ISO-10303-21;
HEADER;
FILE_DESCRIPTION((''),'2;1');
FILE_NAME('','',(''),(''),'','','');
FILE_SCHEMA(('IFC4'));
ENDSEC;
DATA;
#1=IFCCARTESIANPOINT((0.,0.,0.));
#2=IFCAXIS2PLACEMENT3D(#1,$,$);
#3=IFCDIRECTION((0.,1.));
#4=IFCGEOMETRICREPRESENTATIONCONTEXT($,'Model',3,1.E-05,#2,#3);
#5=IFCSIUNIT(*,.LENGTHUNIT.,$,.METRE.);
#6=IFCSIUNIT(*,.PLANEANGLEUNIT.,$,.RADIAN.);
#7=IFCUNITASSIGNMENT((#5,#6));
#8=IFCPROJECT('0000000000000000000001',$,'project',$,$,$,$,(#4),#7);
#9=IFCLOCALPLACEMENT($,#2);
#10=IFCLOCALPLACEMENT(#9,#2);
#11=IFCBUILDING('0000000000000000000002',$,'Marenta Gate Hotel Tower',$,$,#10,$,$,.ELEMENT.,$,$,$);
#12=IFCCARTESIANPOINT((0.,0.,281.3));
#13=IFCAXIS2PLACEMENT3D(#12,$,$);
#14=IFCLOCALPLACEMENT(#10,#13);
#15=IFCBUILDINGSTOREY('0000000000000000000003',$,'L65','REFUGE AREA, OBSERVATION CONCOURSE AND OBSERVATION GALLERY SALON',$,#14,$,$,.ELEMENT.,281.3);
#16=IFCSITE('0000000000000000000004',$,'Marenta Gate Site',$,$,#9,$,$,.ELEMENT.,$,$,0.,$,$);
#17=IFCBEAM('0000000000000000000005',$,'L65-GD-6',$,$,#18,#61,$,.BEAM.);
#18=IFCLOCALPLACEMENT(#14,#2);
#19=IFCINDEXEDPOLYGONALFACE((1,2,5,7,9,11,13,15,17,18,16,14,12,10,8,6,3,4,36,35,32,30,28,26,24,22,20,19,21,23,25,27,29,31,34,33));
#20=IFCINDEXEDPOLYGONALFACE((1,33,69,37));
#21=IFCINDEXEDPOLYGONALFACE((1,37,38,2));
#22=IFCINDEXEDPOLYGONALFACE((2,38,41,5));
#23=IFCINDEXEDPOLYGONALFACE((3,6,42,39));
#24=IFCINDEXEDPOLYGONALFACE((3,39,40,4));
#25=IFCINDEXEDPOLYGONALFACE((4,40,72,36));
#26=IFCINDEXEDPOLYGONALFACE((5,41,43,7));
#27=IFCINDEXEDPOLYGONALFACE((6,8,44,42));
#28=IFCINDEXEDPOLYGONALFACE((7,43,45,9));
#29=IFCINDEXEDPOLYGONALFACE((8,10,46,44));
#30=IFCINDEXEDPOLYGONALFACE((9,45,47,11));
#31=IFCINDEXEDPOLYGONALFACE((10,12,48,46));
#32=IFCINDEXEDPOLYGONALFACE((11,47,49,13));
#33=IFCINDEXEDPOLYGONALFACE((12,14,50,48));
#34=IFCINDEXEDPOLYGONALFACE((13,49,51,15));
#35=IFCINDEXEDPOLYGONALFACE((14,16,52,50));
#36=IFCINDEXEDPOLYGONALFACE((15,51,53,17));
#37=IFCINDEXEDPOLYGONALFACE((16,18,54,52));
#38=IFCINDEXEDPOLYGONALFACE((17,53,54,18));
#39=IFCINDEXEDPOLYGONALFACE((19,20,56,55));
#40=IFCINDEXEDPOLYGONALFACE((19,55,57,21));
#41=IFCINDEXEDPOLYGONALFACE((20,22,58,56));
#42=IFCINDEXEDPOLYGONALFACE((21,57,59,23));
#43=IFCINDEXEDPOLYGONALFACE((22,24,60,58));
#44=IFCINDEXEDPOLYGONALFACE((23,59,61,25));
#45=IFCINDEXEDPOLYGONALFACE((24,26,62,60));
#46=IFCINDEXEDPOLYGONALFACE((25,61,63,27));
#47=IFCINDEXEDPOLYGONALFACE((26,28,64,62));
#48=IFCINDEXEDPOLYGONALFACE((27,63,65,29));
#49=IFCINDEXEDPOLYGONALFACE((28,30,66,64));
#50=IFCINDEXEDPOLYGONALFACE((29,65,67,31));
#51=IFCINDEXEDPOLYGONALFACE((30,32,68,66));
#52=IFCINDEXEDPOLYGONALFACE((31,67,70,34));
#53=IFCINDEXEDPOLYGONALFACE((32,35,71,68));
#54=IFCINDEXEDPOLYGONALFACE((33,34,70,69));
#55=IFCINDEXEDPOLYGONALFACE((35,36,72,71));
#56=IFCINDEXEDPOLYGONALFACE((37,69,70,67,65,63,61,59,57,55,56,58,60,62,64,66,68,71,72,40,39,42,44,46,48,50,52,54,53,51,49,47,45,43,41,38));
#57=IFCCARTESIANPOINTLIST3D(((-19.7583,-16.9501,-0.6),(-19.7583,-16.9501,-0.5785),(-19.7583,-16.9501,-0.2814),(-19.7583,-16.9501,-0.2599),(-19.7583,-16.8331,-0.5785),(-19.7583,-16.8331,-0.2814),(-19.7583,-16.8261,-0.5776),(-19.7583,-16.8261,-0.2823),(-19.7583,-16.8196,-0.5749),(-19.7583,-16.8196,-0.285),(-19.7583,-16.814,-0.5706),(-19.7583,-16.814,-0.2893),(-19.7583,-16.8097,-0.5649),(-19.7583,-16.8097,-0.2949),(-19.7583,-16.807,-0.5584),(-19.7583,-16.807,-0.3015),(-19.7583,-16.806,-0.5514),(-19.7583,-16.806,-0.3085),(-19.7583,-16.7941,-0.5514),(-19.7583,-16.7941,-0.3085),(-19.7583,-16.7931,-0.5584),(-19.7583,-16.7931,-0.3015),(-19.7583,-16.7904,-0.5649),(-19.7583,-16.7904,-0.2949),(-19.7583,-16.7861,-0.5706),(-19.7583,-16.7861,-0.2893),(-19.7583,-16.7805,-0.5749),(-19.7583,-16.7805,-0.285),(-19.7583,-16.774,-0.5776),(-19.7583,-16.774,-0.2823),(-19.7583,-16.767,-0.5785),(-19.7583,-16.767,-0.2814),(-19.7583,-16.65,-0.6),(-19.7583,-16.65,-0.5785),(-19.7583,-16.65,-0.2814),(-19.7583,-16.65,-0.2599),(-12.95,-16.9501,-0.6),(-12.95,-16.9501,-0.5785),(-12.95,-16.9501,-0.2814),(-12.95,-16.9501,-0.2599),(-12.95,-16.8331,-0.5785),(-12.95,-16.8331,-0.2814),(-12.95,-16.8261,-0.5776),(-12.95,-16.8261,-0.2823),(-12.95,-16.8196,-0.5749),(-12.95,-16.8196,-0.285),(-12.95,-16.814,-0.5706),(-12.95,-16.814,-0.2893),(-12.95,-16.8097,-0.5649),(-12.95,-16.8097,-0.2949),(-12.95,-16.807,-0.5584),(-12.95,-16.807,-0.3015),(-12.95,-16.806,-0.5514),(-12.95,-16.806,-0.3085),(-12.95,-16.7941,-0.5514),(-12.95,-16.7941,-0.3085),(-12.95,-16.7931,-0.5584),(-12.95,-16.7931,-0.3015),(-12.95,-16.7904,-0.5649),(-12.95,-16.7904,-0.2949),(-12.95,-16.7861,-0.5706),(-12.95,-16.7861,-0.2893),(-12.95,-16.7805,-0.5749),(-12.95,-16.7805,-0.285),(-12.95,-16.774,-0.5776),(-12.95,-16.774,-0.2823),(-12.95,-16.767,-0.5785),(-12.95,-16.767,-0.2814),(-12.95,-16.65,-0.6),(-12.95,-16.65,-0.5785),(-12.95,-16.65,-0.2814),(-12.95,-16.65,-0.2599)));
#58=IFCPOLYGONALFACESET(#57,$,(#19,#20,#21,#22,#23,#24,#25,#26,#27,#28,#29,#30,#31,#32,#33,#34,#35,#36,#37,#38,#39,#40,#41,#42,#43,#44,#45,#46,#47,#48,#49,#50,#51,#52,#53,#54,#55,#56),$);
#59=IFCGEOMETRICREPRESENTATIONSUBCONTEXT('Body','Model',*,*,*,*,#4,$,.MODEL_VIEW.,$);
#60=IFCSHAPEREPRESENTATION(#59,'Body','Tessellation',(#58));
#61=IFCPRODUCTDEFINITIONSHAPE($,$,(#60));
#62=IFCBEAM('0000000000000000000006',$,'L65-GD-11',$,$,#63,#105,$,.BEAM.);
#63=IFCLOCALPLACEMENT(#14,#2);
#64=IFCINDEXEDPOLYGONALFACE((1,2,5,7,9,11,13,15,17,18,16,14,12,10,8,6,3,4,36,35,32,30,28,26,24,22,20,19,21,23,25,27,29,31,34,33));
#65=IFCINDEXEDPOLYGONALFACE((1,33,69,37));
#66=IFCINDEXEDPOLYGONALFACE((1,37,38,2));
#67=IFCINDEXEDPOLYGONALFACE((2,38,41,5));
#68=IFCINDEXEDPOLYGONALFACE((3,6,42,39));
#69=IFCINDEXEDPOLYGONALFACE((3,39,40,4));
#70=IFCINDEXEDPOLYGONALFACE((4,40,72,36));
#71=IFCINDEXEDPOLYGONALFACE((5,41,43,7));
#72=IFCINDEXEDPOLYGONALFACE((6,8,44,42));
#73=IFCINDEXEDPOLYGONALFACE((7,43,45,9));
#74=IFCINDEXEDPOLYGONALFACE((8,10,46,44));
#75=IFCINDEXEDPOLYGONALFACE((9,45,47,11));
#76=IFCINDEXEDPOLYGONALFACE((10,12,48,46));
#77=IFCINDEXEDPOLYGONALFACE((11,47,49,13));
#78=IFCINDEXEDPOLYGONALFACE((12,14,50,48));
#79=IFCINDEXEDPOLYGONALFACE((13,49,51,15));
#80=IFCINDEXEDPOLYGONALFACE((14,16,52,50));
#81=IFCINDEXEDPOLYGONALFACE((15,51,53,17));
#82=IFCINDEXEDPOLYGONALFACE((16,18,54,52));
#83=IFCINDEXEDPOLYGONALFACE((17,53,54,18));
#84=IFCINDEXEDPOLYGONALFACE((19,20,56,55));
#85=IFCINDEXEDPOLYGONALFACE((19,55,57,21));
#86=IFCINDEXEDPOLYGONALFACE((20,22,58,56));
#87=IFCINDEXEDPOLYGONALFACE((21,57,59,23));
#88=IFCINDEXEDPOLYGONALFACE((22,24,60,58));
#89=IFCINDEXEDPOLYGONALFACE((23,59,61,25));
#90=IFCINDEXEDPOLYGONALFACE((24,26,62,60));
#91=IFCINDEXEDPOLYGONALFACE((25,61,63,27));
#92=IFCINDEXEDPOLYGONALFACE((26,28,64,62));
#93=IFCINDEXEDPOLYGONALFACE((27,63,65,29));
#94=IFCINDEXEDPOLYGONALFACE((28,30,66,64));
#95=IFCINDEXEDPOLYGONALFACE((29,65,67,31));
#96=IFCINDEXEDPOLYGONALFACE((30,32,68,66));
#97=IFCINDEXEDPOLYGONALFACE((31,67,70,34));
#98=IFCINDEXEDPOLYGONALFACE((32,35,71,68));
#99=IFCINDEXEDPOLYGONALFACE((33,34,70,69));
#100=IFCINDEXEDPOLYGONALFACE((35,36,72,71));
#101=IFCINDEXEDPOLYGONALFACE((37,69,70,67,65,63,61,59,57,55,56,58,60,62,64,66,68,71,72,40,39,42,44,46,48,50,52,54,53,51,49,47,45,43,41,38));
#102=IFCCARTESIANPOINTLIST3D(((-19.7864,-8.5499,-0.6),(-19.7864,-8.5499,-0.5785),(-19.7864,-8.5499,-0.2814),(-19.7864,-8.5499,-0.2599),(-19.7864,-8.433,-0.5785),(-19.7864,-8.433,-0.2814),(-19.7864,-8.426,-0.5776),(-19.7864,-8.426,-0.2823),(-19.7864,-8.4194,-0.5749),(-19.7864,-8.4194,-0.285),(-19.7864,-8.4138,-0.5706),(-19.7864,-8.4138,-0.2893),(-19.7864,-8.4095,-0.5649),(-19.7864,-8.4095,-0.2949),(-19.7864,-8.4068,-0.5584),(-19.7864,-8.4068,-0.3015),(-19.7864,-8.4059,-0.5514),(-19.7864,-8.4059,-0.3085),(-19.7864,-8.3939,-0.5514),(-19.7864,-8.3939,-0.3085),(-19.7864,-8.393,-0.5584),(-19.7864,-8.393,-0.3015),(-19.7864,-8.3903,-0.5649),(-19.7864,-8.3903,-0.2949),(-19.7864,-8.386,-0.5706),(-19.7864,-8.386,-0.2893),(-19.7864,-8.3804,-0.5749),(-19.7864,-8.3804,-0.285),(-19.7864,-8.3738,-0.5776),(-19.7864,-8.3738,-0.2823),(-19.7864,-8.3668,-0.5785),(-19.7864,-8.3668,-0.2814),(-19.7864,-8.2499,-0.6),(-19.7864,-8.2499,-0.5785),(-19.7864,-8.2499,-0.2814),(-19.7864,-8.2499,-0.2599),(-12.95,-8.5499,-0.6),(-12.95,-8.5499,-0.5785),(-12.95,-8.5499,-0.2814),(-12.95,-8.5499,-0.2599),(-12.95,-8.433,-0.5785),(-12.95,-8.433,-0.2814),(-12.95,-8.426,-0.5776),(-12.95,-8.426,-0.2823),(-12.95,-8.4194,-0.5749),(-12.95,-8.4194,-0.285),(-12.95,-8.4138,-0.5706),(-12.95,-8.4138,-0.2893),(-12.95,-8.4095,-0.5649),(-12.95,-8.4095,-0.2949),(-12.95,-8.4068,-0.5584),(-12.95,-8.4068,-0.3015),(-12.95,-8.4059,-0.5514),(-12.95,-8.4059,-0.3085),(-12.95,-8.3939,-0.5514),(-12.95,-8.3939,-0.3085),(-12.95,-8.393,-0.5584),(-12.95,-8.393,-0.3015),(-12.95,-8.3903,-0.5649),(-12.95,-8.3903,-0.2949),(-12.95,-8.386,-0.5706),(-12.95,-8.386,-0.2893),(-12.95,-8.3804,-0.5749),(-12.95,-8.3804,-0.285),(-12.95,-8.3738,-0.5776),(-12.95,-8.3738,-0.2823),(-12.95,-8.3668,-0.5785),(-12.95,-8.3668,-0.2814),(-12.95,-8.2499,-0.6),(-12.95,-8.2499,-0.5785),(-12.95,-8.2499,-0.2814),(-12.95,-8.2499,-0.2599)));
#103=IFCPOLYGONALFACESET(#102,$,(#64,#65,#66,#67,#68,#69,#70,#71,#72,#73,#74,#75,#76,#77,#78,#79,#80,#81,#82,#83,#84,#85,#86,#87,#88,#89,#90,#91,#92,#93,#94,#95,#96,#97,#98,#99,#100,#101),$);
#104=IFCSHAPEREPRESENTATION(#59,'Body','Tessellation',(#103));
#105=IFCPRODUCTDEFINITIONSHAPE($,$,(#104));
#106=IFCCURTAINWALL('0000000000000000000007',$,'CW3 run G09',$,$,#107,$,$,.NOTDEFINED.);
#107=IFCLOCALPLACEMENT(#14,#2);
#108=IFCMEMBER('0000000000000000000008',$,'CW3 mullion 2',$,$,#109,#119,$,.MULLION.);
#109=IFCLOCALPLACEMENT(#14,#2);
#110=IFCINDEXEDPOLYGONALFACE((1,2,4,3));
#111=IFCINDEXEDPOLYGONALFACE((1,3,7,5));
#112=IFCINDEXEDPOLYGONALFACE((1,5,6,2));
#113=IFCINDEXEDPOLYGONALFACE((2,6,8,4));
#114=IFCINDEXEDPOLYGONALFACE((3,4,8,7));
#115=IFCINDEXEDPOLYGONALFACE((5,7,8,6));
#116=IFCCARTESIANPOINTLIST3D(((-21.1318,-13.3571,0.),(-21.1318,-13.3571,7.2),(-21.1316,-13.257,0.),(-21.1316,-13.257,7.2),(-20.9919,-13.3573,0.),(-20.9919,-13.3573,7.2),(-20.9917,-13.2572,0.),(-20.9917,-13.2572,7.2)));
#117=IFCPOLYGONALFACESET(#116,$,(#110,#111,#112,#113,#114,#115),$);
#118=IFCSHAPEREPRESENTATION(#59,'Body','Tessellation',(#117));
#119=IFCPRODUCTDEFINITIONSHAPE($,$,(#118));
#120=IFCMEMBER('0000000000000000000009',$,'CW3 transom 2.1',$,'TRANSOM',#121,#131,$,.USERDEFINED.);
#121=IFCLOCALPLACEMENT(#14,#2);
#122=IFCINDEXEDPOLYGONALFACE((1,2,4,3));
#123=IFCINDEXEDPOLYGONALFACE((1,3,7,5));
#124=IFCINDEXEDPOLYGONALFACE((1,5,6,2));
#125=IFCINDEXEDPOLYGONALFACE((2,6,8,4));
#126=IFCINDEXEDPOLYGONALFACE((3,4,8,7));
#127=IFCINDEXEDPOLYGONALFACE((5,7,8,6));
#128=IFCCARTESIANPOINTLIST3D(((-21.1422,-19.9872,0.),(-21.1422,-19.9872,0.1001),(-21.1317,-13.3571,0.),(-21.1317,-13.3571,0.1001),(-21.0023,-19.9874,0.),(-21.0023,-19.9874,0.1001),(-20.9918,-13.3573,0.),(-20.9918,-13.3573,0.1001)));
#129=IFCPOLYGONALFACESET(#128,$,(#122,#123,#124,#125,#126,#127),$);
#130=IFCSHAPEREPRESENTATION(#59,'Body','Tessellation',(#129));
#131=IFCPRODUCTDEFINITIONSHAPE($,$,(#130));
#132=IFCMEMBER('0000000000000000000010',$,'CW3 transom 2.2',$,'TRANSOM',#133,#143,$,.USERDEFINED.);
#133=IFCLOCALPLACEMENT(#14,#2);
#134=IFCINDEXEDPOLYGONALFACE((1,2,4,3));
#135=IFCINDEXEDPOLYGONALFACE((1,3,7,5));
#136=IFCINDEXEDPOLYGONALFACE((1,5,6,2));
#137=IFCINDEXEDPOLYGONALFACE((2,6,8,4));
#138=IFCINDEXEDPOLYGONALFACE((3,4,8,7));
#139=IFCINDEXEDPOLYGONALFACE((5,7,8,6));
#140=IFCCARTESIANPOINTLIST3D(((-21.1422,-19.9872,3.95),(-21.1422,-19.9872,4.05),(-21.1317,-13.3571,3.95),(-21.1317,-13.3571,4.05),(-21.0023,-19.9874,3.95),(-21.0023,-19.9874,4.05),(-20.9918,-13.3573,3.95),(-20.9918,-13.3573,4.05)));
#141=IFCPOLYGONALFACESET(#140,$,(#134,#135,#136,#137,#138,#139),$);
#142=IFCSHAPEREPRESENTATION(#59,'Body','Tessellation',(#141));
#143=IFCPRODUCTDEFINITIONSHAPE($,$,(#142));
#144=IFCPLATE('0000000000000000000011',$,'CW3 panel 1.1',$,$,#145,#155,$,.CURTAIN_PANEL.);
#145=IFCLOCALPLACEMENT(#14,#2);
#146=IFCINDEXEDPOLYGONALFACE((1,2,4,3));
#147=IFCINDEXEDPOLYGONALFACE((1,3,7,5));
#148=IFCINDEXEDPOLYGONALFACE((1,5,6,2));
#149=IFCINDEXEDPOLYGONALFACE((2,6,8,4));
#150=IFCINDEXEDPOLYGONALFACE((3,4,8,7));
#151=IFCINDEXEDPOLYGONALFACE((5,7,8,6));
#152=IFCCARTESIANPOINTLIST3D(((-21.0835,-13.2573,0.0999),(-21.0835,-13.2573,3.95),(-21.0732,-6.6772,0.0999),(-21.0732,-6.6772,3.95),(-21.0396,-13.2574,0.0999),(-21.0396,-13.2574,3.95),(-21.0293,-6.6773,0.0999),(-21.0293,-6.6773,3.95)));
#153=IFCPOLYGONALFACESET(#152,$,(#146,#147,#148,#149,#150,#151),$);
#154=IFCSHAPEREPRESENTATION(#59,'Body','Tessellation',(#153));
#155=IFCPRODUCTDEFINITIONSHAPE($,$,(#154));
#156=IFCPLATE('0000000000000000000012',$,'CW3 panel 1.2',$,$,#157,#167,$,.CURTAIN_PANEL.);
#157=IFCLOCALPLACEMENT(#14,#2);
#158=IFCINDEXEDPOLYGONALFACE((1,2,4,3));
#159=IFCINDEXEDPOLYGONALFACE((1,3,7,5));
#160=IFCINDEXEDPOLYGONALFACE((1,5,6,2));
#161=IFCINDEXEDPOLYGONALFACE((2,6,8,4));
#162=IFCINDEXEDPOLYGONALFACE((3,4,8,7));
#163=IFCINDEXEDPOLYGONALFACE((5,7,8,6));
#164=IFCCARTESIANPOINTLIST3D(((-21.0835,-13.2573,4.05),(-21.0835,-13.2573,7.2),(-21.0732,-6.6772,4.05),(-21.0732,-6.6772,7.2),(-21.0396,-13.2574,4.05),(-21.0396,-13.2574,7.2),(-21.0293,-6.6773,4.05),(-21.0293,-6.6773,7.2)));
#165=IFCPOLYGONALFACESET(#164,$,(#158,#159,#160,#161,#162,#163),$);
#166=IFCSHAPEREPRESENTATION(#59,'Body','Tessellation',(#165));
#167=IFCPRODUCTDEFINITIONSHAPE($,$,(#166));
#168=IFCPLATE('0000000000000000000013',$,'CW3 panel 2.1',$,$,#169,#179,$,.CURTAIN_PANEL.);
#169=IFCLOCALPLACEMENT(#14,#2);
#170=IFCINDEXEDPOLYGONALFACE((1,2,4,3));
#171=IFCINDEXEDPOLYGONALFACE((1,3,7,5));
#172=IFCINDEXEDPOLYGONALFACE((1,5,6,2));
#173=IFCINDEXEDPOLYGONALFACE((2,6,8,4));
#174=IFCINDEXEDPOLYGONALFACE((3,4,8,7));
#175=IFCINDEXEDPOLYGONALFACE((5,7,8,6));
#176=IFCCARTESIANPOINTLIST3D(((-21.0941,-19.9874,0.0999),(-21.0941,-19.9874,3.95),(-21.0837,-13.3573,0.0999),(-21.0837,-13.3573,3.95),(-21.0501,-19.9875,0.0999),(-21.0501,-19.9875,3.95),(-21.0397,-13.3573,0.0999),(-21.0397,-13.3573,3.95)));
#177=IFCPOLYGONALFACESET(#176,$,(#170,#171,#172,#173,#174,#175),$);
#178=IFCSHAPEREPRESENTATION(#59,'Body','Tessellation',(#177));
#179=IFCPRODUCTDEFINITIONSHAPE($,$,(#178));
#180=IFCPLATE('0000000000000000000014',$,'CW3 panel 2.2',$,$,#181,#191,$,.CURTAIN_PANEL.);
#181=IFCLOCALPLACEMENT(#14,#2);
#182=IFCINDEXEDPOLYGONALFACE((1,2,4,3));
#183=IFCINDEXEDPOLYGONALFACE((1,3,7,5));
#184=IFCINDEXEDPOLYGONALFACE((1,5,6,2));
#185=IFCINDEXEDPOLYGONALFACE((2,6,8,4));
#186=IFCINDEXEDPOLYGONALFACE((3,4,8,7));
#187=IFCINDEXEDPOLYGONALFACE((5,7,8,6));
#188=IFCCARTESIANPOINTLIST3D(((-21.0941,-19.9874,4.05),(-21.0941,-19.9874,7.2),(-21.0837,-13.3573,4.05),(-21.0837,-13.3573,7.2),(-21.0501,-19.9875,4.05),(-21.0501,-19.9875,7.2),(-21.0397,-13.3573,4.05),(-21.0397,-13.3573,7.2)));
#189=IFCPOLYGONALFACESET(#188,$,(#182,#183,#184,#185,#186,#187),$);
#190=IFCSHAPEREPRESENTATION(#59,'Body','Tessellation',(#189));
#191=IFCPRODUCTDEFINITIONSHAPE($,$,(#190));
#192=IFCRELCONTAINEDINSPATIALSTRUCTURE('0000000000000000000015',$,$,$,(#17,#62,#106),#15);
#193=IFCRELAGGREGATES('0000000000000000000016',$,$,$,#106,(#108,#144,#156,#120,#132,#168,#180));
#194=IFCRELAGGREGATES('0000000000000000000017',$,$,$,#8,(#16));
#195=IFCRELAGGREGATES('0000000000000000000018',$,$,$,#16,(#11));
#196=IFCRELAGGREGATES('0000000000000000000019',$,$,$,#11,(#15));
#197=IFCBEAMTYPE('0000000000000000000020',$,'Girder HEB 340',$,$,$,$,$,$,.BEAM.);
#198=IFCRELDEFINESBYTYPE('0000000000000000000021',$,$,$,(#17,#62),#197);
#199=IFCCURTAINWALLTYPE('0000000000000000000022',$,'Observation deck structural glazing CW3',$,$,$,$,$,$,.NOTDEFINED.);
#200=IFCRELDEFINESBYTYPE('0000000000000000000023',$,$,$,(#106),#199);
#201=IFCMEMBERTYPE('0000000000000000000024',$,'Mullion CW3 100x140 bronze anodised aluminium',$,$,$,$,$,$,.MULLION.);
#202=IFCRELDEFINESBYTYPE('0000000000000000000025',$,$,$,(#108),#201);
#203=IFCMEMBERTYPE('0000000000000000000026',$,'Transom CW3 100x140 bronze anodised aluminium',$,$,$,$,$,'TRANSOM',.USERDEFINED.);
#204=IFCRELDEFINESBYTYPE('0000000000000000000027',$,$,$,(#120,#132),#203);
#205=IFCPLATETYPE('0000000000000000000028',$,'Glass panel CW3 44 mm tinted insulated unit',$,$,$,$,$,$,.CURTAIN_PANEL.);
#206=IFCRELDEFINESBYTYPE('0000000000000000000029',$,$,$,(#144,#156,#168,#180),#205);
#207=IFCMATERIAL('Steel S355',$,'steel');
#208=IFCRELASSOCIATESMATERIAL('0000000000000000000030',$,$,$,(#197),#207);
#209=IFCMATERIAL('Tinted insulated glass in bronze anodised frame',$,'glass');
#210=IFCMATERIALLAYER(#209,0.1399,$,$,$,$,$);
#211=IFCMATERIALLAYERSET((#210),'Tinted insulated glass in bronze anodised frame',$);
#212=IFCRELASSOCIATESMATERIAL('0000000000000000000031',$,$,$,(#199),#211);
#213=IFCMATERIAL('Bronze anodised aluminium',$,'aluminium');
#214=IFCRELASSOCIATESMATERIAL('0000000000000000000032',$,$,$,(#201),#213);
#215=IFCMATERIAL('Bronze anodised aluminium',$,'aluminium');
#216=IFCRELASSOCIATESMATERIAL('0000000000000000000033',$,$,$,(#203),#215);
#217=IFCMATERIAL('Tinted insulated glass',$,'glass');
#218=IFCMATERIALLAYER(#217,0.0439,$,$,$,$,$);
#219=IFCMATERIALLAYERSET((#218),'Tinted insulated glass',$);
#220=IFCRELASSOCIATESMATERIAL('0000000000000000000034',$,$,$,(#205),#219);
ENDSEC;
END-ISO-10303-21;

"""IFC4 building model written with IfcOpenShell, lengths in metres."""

from ifc_helpers import new_model, si_unit, direction, frame, origin, origin_2d, place, context, subcontext, project, spatial, rectangle, i_section, extrude, material, layer, layer_set, material_profile, profile_set, type_object, element, aggregate, save


model = new_model("IFC4")

# Units and contexts
model_context = context("Model", 3, precision=1e-05, world=origin(), true_north=direction((0.0, 1.0)))
body_context = subcontext(model_context, "Body", "Model", "MODEL_VIEW")
ifc_project = project(units=[si_unit("LENGTHUNIT", "METRE"), si_unit("PLANEANGLEUNIT", "RADIAN")], contexts=[model_context])

# Site, building, storey
site_placement = place(None, origin())
site = spatial("IfcSite", under=ifc_project, at=site_placement, Name="Marenta Gate Site", CompositionType="ELEMENT", RefElevation=0.0)
building_placement = place(site_placement, origin())
building = spatial("IfcBuilding", under=site, at=building_placement, Name="Marenta Gate Hotel Tower", CompositionType="ELEMENT")
storey_placement = place(building_placement, frame((0.0, 0.0, 281.3)))
storey = spatial("IfcBuildingStorey", under=building, at=storey_placement, Name="L65", Description="REFUGE AREA, OBSERVATION CONCOURSE AND OBSERVATION GALLERY SALON", CompositionType="ELEMENT", Elevation=281.3)

# Beams
ifc_material_1 = material(Name="Steel S355", Category="steel")
ifc_material_profile_1 = material_profile(ifc_material_1, i_section(OverallWidth=0.3, OverallDepth=0.3401, WebThickness=0.012, FlangeThickness=0.0215, FilletRadius=0.0271, at=origin_2d()), Name="HEB 340")
ifc_profile_set_1 = profile_set([ifc_material_profile_1], Name="Steel S355")
beam_type_1 = type_object("IfcBeamType", Name="Girder HEB 340", PredefinedType="BEAM", material=ifc_profile_set_1)
beam_1_placement = place(storey_placement, frame((-19.7583, -16.8, -0.4299), z_axis=(1.0, 0.0, 0.0), x_axis=(0.0, 1.0, 0.0)))
element("IfcBeam", 1, at=beam_1_placement, inside=storey, type_object=beam_type_1, Name="L65-GD-6", PredefinedType="BEAM", context=body_context, shape_type="SweptSolid", body=[
    extrude(i_section(OverallWidth=0.3, OverallDepth=0.3401, WebThickness=0.012, FlangeThickness=0.0215, FilletRadius=0.0271, at=origin_2d()), origin(), (0.0, 0.0, 1.0), 6.8083),
])
beam_2_placement = place(storey_placement, frame((-19.7864, -8.3999, -0.4299), z_axis=(1.0, 0.0, 0.0), x_axis=(0.0, 1.0, 0.0)))
element("IfcBeam", 2, at=beam_2_placement, inside=storey, type_object=beam_type_1, Name="L65-GD-11", PredefinedType="BEAM", context=body_context, shape_type="SweptSolid", body=[
    extrude(i_section(OverallWidth=0.3, OverallDepth=0.3401, WebThickness=0.012, FlangeThickness=0.0215, FilletRadius=0.0271, at=origin_2d()), origin(), (0.0, 0.0, 1.0), 6.8364),
])

# Curtain wall, members, plates
ifc_material_2 = material(Name="Tinted insulated glass in bronze anodised frame", Category="glass")
ifc_layer_1 = layer(ifc_material_2, 0.1399)
ifc_layer_set_1 = layer_set([ifc_layer_1], Name="Tinted insulated glass in bronze anodised frame")
curtain_wall_type = type_object("IfcCurtainWallType", Name="Observation deck structural glazing CW3", PredefinedType="NOTDEFINED", material=ifc_layer_set_1)
curtain_wall_placement = place(storey_placement, origin())
curtain_wall = element("IfcCurtainWall", 3, at=curtain_wall_placement, inside=storey, type_object=curtain_wall_type, Name="CW3 run G09", PredefinedType="NOTDEFINED")
ifc_material_3 = material(Name="Bronze anodised aluminium", Category="aluminium")
ifc_material_profile_2 = material_profile(ifc_material_3, rectangle(XDim=0.1399, YDim=0.1001, at=origin_2d()), Name="Mullion CW3 100x140 bronze anodised aluminium")
ifc_profile_set_2 = profile_set([ifc_material_profile_2], Name="Bronze anodised aluminium")
member_type_1 = type_object("IfcMemberType", Name="Mullion CW3 100x140 bronze anodised aluminium", PredefinedType="MULLION", material=ifc_profile_set_2)
member_1_placement = place(storey_placement, frame((-21.0618, -13.3071, 0.0), z_axis=(0.0, 0.0, 1.0), x_axis=(0.999999, -0.001565, 0.0)))
member_1 = element("IfcMember", 4, at=member_1_placement, type_object=member_type_1, Name="CW3 mullion 2", PredefinedType="MULLION", context=body_context, shape_type="SweptSolid", body=[
    extrude(rectangle(XDim=0.1399, YDim=0.1001, at=origin_2d()), origin(), (0.0, 0.0, 1.0), 7.2),
])
ifc_material_4 = material(Name="Bronze anodised aluminium", Category="aluminium")
ifc_material_profile_3 = material_profile(ifc_material_4, rectangle(XDim=0.1399, YDim=0.1001, at=origin_2d()), Name="Transom CW3 100x140 bronze anodised aluminium")
ifc_profile_set_3 = profile_set([ifc_material_profile_3], Name="Bronze anodised aluminium")
member_type_2 = type_object("IfcMemberType", Name="Transom CW3 100x140 bronze anodised aluminium", ElementType="TRANSOM", PredefinedType="USERDEFINED", material=ifc_profile_set_3)
member_2_placement = place(storey_placement, frame((-21.0618, -13.3572, 0.05), z_axis=(-0.001583, -0.999999, 0.0), x_axis=(0.999999, -0.001583, 0.0)))
member_2 = element("IfcMember", 5, at=member_2_placement, type_object=member_type_2, Name="CW3 transom 2.1", ObjectType="TRANSOM", PredefinedType="USERDEFINED", context=body_context, shape_type="SweptSolid", body=[
    extrude(rectangle(XDim=0.1399, YDim=0.1001, at=origin_2d()), origin(), (0.0, 0.0, 1.0), 6.6301),
])
member_3_placement = place(storey_placement, frame((-21.0618, -13.3572, 4.0), z_axis=(-0.001583, -0.999999, 0.0), x_axis=(0.999999, -0.001583, 0.0)))
member_3 = element("IfcMember", 6, at=member_3_placement, type_object=member_type_2, Name="CW3 transom 2.2", ObjectType="TRANSOM", PredefinedType="USERDEFINED", context=body_context, shape_type="SweptSolid", body=[
    extrude(rectangle(XDim=0.1399, YDim=0.1001, at=origin_2d()), origin(), (0.0, 0.0, 1.0), 6.6301),
])
ifc_material_5 = material(Name="Tinted insulated glass", Category="glass")
ifc_layer_2 = layer(ifc_material_5, 0.0439)
ifc_layer_set_2 = layer_set([ifc_layer_2], Name="Tinted insulated glass")
plate_type = type_object("IfcPlateType", Name="Glass panel CW3 44 mm tinted insulated unit", PredefinedType="CURTAIN_PANEL", material=ifc_layer_set_2)
plate_1_placement = place(storey_placement, frame((-21.0564, -9.9673, 0.0999), z_axis=(0.0, 0.0, 1.0), x_axis=(-0.001565, -0.999999, 0.0)))
plate_1 = element("IfcPlate", 7, at=plate_1_placement, type_object=plate_type, Name="CW3 panel 1.1", PredefinedType="CURTAIN_PANEL", context=body_context, shape_type="SweptSolid", body=[
    extrude(rectangle(XDim=6.5801, YDim=0.0439, at=origin_2d()), origin(), (0.0, 0.0, 1.0), 3.8501),
])
plate_2_placement = place(storey_placement, frame((-21.0564, -9.9673, 4.05), z_axis=(0.0, 0.0, 1.0), x_axis=(-0.001565, -0.999999, 0.0)))
plate_2 = element("IfcPlate", 8, at=plate_2_placement, type_object=plate_type, Name="CW3 panel 1.2", PredefinedType="CURTAIN_PANEL", context=body_context, shape_type="SweptSolid", body=[
    extrude(rectangle(XDim=6.5801, YDim=0.0439, at=origin_2d()), origin(), (0.0, 0.0, 1.0), 3.1499),
])
plate_3_placement = place(storey_placement, frame((-21.0669, -16.6724, 0.0999), z_axis=(0.0, 0.0, 1.0), x_axis=(-0.001565, -0.999999, 0.0)))
plate_3 = element("IfcPlate", 9, at=plate_3_placement, type_object=plate_type, Name="CW3 panel 2.1", PredefinedType="CURTAIN_PANEL", context=body_context, shape_type="SweptSolid", body=[
    extrude(rectangle(XDim=6.6301, YDim=0.0439, at=origin_2d()), origin(), (0.0, 0.0, 1.0), 3.8501),
])
plate_4_placement = place(storey_placement, frame((-21.0669, -16.6724, 4.05), z_axis=(0.0, 0.0, 1.0), x_axis=(-0.001565, -0.999999, 0.0)))
plate_4 = element("IfcPlate", 10, at=plate_4_placement, type_object=plate_type, Name="CW3 panel 2.2", PredefinedType="CURTAIN_PANEL", context=body_context, shape_type="SweptSolid", body=[
    extrude(rectangle(XDim=6.6301, YDim=0.0439, at=origin_2d()), origin(), (0.0, 0.0, 1.0), 3.1499),
])
aggregate(curtain_wall, [member_1, plate_1, plate_2, member_2, member_3, plate_3, plate_4])

save(model, "model.ifc")
